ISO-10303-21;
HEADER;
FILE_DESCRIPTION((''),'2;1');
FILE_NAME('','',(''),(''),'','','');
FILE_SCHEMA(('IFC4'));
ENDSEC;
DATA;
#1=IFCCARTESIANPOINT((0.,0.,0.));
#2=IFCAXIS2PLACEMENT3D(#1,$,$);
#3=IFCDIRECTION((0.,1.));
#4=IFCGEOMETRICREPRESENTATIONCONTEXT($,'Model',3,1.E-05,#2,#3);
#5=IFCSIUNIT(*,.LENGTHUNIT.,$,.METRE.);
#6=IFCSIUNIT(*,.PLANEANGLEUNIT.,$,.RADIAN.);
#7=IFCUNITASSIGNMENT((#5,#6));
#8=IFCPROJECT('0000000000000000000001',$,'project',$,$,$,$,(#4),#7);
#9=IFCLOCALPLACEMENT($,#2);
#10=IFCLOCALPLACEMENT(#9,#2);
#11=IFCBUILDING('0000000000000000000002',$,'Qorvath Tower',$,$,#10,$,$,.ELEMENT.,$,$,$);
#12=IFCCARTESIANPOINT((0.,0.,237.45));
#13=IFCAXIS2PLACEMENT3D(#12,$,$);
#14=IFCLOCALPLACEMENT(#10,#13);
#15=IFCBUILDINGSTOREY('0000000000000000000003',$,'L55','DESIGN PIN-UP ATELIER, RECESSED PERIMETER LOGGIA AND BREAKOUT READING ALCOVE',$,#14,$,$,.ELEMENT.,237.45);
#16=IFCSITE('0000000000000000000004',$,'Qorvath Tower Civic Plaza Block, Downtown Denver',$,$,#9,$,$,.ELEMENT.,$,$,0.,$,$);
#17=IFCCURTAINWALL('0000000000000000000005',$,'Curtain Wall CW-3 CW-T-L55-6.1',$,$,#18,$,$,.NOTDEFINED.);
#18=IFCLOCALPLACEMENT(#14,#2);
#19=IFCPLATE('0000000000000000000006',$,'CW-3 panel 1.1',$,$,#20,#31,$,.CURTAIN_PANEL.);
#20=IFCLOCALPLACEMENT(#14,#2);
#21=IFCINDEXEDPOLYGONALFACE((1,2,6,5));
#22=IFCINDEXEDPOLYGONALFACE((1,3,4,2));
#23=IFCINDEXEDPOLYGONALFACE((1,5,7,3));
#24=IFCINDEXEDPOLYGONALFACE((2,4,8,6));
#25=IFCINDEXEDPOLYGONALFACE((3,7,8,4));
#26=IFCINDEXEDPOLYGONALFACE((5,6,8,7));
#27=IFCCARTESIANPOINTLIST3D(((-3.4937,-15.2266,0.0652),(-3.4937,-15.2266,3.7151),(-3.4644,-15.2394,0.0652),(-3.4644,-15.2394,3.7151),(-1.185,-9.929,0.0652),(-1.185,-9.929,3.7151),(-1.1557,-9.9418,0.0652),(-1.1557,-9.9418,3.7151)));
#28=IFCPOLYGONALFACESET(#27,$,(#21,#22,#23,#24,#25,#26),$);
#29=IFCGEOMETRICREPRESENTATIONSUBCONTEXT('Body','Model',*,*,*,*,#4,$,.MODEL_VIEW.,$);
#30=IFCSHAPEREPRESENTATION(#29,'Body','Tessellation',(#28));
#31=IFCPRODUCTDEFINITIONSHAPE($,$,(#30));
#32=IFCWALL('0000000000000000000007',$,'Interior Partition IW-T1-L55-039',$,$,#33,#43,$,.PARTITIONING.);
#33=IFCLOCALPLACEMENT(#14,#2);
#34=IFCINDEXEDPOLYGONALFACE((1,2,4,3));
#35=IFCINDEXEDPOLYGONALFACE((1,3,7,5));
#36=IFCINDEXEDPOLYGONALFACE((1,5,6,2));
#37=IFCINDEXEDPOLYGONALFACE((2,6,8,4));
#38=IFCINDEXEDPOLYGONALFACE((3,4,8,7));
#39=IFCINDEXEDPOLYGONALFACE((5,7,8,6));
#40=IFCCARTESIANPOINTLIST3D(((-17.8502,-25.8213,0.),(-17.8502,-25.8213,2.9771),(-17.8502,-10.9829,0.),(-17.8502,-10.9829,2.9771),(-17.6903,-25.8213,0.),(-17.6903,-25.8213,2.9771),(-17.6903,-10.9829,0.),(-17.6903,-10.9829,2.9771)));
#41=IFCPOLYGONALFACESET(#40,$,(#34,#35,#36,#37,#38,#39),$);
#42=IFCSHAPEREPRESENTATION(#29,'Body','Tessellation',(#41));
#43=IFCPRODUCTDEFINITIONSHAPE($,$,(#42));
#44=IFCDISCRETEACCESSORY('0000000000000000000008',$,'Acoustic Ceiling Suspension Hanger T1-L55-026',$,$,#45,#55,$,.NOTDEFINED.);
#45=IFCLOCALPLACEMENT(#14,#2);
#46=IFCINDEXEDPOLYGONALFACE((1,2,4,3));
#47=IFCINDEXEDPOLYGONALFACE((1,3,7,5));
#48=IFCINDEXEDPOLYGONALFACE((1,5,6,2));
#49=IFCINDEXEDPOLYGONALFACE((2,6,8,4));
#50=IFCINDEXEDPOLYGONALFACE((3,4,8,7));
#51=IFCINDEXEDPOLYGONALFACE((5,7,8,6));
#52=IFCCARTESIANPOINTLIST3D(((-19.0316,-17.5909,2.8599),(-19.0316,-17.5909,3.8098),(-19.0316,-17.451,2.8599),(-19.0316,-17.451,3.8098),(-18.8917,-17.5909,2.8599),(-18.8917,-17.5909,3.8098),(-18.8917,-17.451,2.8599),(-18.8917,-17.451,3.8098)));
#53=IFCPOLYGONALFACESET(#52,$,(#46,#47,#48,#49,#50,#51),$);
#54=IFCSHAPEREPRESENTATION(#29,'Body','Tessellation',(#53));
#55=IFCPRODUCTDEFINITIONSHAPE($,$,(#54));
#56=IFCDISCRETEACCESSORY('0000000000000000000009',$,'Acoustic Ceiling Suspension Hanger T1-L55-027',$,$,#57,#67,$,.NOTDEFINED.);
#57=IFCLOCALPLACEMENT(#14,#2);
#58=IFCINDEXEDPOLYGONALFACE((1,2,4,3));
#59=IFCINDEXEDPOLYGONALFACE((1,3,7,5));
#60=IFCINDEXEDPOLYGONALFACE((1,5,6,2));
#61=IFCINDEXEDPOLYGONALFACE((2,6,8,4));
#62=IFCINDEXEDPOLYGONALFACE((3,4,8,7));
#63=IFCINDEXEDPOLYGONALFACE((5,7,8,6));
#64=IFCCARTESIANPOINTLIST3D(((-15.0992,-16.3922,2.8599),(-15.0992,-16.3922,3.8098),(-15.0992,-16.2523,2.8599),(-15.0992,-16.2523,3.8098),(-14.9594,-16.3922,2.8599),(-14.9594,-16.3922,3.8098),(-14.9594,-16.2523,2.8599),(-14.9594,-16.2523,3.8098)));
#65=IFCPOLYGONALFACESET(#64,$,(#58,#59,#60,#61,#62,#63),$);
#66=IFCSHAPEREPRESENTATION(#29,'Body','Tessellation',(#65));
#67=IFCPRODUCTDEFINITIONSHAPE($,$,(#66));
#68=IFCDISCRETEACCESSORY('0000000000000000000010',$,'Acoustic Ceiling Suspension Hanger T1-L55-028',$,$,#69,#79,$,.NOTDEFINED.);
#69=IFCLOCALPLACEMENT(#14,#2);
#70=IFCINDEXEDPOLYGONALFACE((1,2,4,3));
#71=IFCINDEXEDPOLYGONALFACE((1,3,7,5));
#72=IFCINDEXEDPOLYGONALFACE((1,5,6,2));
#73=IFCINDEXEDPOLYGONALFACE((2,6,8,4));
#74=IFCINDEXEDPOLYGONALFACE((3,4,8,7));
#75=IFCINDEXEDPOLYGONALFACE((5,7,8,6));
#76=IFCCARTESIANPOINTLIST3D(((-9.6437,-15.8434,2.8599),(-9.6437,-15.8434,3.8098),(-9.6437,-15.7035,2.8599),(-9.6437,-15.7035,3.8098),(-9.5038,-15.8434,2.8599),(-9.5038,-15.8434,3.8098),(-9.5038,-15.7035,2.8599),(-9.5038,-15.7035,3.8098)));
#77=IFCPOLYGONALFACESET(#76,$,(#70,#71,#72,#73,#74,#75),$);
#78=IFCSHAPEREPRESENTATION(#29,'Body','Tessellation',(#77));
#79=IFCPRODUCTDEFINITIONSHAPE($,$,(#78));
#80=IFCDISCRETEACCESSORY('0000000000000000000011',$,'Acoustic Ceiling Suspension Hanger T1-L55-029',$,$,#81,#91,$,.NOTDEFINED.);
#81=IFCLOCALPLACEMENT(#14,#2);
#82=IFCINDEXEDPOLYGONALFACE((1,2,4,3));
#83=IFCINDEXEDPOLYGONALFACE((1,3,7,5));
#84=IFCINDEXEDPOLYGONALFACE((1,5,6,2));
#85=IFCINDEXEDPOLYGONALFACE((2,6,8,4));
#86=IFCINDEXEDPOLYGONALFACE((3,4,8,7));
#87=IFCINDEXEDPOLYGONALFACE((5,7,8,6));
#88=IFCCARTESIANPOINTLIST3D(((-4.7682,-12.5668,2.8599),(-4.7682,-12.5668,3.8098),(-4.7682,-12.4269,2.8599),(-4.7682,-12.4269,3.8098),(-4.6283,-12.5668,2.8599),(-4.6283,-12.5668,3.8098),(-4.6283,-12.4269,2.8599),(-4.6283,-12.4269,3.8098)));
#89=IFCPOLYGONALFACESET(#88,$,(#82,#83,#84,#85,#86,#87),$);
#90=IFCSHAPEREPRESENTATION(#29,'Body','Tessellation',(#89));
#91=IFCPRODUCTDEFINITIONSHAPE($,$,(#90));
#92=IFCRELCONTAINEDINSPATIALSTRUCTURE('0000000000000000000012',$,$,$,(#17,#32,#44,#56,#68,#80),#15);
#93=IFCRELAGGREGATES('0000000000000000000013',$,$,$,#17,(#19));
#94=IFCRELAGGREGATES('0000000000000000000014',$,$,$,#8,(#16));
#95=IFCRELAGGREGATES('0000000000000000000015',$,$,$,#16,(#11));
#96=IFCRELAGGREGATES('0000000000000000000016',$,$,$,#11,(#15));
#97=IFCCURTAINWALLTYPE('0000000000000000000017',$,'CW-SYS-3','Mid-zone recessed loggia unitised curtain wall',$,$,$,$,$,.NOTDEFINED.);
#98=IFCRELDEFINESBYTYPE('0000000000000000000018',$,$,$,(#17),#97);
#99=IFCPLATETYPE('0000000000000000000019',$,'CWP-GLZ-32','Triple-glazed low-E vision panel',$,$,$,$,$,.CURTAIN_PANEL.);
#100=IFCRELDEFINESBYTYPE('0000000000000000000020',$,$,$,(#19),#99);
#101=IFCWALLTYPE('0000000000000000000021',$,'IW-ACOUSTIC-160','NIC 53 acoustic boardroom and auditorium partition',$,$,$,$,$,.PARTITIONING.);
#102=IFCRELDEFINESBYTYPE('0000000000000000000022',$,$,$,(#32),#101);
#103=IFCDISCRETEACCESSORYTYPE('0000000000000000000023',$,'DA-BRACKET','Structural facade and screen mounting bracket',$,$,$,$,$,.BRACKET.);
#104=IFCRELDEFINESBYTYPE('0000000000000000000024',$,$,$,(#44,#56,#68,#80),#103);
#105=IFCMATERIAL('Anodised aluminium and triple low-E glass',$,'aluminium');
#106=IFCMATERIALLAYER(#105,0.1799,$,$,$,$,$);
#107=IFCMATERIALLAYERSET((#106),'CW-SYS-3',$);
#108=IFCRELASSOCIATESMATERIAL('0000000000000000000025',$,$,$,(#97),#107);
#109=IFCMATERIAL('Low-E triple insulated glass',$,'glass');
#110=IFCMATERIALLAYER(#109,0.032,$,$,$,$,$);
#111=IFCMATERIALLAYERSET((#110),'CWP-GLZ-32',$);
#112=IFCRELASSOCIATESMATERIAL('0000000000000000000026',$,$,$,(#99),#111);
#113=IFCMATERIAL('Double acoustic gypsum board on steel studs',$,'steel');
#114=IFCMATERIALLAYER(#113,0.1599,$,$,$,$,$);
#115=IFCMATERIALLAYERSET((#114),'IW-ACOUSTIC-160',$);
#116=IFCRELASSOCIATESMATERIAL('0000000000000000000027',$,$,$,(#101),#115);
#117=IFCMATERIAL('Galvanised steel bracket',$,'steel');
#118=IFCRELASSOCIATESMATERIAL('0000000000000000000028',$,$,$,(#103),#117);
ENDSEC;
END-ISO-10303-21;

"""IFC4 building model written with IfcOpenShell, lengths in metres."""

from ifc_helpers import new_model, si_unit, direction, frame, frame_2d, origin, origin_2d, place, context, subcontext, project, spatial, rectangle, extrude, material, layer, layer_set, type_object, element, aggregate, save


model = new_model("IFC4")

# Units and contexts
model_context = context("Model", 3, precision=1e-05, world=origin(), true_north=direction((0.0, 1.0)))
body_context = subcontext(model_context, "Body", "Model", "MODEL_VIEW")
ifc_project = project(units=[si_unit("LENGTHUNIT", "METRE"), si_unit("PLANEANGLEUNIT", "RADIAN")], contexts=[model_context])

# Site, building, storey
site_placement = place(None, origin())
site = spatial("IfcSite", under=ifc_project, at=site_placement, Name="Qorvath Tower Civic Plaza Block, Downtown Denver", CompositionType="ELEMENT", RefElevation=0.0)
building_placement = place(site_placement, origin())
building = spatial("IfcBuilding", under=site, at=building_placement, Name="Qorvath Tower", CompositionType="ELEMENT")
storey_placement = place(building_placement, frame((0.0, 0.0, 237.45)))
storey = spatial("IfcBuildingStorey", under=building, at=storey_placement, Name="L55", Description="DESIGN PIN-UP ATELIER, RECESSED PERIMETER LOGGIA AND BREAKOUT READING ALCOVE", CompositionType="ELEMENT", Elevation=237.45)

# Shared definitions
ifc_material_1 = material(Name="Anodised aluminium and triple low-E glass", Category="aluminium")
ifc_layer_1 = layer(ifc_material_1, 0.1799)
ifc_layer_set_1 = layer_set([ifc_layer_1], Name="CW-SYS-3")
curtain_wall_type = type_object("IfcCurtainWallType", Name="CW-SYS-3", Description="Mid-zone recessed loggia unitised curtain wall", PredefinedType="NOTDEFINED", material=ifc_layer_set_1)

# Curtain wall
curtain_wall_1_placement = place(storey_placement, origin())
curtain_wall_1 = element("IfcCurtainWall", 1, at=curtain_wall_1_placement, inside=storey, type_object=curtain_wall_type, Name="Curtain Wall CW-3 CW-T-L55-6.1", PredefinedType="NOTDEFINED")

# Plate
ifc_material_2 = material(Name="Low-E triple insulated glass", Category="glass")
ifc_layer_2 = layer(ifc_material_2, 0.032)
ifc_layer_set_2 = layer_set([ifc_layer_2], Name="CWP-GLZ-32")
plate_type = type_object("IfcPlateType", Name="CWP-GLZ-32", Description="Triple-glazed low-E vision panel", PredefinedType="CURTAIN_PANEL", material=ifc_layer_set_2)
plate_1_placement = place(storey_placement, frame((-2.3247, -12.5842, 0.0652), z_axis=(0.0, 0.0, 1.0), x_axis=(0.399511, 0.916729, 0.0)))
plate_1 = element("IfcPlate", 2, at=plate_1_placement, type_object=plate_type, Name="CW-3 panel 1.1", PredefinedType="CURTAIN_PANEL", context=body_context, shape_type="SweptSolid", body=[
    extrude(rectangle(XDim=5.7788, YDim=0.032, at=origin_2d()), origin(), (0.0, 0.0, 1.0), 3.6499),
])
aggregate(curtain_wall_1, [plate_1])

# Wall
ifc_material_3 = material(Name="Double acoustic gypsum board on steel studs", Category="steel")
ifc_layer_3 = layer(ifc_material_3, 0.1599)
ifc_layer_set_3 = layer_set([ifc_layer_3], Name="IW-ACOUSTIC-160")
wall_type = type_object("IfcWallType", Name="IW-ACOUSTIC-160", Description="NIC 53 acoustic boardroom and auditorium partition", PredefinedType="PARTITIONING", material=ifc_layer_set_3)
wall_placement = place(storey_placement, frame((-17.7703, -25.8213, 0.0), z_axis=(0.0, 0.0, 1.0), x_axis=(0.0, 1.0, 0.0)))
element("IfcWall", 3, at=wall_placement, inside=storey, type_object=wall_type, Name="Interior Partition IW-T1-L55-039", PredefinedType="PARTITIONING", context=body_context, shape_type="SweptSolid", body=[
    extrude(rectangle(XDim=14.8384, YDim=0.1599, at=frame_2d((7.4192, 0.0))), origin(), (0.0, 0.0, 1.0), 2.9771),
])

# Discrete accessories
ifc_material_4 = material(Name="Galvanised steel bracket", Category="steel")
discrete_accessory_type = type_object("IfcDiscreteAccessoryType", Name="DA-BRACKET", Description="Structural facade and screen mounting bracket", PredefinedType="BRACKET", material=ifc_material_4)
for number, where, z_axis, x_axis, name in (
    (4, (-18.9617, -17.521, 2.8599), (0.0, 0.0, 1.0), (1.0, 0.0, 0.0), "Acoustic Ceiling Suspension Hanger T1-L55-026"),
    (5, (-15.0293, -16.3223, 2.8599), (0.0, 0.0, 1.0), (1.0, 0.0, 0.0), "Acoustic Ceiling Suspension Hanger T1-L55-027"),
    (6, (-9.5737, -15.7734, 2.8599), (0.0, 0.0, 1.0), (1.0, 0.0, 0.0), "Acoustic Ceiling Suspension Hanger T1-L55-028"),
    (7, (-4.6982, -12.4968, 2.8599), (0.0, 0.0, 1.0), (1.0, 0.0, 0.0), "Acoustic Ceiling Suspension Hanger T1-L55-029"),
):
    element("IfcDiscreteAccessory", number, at=place(storey_placement, frame(where, z_axis=z_axis, x_axis=x_axis)), inside=storey, type_object=discrete_accessory_type, Name=name, PredefinedType="NOTDEFINED", context=body_context, shape_type="SweptSolid", body=[
        extrude(rectangle(XDim=0.1399, YDim=0.1399, at=origin_2d()), origin(), (0.0, 0.0, 1.0), 0.95),
    ])

save(model, "model.ifc")
